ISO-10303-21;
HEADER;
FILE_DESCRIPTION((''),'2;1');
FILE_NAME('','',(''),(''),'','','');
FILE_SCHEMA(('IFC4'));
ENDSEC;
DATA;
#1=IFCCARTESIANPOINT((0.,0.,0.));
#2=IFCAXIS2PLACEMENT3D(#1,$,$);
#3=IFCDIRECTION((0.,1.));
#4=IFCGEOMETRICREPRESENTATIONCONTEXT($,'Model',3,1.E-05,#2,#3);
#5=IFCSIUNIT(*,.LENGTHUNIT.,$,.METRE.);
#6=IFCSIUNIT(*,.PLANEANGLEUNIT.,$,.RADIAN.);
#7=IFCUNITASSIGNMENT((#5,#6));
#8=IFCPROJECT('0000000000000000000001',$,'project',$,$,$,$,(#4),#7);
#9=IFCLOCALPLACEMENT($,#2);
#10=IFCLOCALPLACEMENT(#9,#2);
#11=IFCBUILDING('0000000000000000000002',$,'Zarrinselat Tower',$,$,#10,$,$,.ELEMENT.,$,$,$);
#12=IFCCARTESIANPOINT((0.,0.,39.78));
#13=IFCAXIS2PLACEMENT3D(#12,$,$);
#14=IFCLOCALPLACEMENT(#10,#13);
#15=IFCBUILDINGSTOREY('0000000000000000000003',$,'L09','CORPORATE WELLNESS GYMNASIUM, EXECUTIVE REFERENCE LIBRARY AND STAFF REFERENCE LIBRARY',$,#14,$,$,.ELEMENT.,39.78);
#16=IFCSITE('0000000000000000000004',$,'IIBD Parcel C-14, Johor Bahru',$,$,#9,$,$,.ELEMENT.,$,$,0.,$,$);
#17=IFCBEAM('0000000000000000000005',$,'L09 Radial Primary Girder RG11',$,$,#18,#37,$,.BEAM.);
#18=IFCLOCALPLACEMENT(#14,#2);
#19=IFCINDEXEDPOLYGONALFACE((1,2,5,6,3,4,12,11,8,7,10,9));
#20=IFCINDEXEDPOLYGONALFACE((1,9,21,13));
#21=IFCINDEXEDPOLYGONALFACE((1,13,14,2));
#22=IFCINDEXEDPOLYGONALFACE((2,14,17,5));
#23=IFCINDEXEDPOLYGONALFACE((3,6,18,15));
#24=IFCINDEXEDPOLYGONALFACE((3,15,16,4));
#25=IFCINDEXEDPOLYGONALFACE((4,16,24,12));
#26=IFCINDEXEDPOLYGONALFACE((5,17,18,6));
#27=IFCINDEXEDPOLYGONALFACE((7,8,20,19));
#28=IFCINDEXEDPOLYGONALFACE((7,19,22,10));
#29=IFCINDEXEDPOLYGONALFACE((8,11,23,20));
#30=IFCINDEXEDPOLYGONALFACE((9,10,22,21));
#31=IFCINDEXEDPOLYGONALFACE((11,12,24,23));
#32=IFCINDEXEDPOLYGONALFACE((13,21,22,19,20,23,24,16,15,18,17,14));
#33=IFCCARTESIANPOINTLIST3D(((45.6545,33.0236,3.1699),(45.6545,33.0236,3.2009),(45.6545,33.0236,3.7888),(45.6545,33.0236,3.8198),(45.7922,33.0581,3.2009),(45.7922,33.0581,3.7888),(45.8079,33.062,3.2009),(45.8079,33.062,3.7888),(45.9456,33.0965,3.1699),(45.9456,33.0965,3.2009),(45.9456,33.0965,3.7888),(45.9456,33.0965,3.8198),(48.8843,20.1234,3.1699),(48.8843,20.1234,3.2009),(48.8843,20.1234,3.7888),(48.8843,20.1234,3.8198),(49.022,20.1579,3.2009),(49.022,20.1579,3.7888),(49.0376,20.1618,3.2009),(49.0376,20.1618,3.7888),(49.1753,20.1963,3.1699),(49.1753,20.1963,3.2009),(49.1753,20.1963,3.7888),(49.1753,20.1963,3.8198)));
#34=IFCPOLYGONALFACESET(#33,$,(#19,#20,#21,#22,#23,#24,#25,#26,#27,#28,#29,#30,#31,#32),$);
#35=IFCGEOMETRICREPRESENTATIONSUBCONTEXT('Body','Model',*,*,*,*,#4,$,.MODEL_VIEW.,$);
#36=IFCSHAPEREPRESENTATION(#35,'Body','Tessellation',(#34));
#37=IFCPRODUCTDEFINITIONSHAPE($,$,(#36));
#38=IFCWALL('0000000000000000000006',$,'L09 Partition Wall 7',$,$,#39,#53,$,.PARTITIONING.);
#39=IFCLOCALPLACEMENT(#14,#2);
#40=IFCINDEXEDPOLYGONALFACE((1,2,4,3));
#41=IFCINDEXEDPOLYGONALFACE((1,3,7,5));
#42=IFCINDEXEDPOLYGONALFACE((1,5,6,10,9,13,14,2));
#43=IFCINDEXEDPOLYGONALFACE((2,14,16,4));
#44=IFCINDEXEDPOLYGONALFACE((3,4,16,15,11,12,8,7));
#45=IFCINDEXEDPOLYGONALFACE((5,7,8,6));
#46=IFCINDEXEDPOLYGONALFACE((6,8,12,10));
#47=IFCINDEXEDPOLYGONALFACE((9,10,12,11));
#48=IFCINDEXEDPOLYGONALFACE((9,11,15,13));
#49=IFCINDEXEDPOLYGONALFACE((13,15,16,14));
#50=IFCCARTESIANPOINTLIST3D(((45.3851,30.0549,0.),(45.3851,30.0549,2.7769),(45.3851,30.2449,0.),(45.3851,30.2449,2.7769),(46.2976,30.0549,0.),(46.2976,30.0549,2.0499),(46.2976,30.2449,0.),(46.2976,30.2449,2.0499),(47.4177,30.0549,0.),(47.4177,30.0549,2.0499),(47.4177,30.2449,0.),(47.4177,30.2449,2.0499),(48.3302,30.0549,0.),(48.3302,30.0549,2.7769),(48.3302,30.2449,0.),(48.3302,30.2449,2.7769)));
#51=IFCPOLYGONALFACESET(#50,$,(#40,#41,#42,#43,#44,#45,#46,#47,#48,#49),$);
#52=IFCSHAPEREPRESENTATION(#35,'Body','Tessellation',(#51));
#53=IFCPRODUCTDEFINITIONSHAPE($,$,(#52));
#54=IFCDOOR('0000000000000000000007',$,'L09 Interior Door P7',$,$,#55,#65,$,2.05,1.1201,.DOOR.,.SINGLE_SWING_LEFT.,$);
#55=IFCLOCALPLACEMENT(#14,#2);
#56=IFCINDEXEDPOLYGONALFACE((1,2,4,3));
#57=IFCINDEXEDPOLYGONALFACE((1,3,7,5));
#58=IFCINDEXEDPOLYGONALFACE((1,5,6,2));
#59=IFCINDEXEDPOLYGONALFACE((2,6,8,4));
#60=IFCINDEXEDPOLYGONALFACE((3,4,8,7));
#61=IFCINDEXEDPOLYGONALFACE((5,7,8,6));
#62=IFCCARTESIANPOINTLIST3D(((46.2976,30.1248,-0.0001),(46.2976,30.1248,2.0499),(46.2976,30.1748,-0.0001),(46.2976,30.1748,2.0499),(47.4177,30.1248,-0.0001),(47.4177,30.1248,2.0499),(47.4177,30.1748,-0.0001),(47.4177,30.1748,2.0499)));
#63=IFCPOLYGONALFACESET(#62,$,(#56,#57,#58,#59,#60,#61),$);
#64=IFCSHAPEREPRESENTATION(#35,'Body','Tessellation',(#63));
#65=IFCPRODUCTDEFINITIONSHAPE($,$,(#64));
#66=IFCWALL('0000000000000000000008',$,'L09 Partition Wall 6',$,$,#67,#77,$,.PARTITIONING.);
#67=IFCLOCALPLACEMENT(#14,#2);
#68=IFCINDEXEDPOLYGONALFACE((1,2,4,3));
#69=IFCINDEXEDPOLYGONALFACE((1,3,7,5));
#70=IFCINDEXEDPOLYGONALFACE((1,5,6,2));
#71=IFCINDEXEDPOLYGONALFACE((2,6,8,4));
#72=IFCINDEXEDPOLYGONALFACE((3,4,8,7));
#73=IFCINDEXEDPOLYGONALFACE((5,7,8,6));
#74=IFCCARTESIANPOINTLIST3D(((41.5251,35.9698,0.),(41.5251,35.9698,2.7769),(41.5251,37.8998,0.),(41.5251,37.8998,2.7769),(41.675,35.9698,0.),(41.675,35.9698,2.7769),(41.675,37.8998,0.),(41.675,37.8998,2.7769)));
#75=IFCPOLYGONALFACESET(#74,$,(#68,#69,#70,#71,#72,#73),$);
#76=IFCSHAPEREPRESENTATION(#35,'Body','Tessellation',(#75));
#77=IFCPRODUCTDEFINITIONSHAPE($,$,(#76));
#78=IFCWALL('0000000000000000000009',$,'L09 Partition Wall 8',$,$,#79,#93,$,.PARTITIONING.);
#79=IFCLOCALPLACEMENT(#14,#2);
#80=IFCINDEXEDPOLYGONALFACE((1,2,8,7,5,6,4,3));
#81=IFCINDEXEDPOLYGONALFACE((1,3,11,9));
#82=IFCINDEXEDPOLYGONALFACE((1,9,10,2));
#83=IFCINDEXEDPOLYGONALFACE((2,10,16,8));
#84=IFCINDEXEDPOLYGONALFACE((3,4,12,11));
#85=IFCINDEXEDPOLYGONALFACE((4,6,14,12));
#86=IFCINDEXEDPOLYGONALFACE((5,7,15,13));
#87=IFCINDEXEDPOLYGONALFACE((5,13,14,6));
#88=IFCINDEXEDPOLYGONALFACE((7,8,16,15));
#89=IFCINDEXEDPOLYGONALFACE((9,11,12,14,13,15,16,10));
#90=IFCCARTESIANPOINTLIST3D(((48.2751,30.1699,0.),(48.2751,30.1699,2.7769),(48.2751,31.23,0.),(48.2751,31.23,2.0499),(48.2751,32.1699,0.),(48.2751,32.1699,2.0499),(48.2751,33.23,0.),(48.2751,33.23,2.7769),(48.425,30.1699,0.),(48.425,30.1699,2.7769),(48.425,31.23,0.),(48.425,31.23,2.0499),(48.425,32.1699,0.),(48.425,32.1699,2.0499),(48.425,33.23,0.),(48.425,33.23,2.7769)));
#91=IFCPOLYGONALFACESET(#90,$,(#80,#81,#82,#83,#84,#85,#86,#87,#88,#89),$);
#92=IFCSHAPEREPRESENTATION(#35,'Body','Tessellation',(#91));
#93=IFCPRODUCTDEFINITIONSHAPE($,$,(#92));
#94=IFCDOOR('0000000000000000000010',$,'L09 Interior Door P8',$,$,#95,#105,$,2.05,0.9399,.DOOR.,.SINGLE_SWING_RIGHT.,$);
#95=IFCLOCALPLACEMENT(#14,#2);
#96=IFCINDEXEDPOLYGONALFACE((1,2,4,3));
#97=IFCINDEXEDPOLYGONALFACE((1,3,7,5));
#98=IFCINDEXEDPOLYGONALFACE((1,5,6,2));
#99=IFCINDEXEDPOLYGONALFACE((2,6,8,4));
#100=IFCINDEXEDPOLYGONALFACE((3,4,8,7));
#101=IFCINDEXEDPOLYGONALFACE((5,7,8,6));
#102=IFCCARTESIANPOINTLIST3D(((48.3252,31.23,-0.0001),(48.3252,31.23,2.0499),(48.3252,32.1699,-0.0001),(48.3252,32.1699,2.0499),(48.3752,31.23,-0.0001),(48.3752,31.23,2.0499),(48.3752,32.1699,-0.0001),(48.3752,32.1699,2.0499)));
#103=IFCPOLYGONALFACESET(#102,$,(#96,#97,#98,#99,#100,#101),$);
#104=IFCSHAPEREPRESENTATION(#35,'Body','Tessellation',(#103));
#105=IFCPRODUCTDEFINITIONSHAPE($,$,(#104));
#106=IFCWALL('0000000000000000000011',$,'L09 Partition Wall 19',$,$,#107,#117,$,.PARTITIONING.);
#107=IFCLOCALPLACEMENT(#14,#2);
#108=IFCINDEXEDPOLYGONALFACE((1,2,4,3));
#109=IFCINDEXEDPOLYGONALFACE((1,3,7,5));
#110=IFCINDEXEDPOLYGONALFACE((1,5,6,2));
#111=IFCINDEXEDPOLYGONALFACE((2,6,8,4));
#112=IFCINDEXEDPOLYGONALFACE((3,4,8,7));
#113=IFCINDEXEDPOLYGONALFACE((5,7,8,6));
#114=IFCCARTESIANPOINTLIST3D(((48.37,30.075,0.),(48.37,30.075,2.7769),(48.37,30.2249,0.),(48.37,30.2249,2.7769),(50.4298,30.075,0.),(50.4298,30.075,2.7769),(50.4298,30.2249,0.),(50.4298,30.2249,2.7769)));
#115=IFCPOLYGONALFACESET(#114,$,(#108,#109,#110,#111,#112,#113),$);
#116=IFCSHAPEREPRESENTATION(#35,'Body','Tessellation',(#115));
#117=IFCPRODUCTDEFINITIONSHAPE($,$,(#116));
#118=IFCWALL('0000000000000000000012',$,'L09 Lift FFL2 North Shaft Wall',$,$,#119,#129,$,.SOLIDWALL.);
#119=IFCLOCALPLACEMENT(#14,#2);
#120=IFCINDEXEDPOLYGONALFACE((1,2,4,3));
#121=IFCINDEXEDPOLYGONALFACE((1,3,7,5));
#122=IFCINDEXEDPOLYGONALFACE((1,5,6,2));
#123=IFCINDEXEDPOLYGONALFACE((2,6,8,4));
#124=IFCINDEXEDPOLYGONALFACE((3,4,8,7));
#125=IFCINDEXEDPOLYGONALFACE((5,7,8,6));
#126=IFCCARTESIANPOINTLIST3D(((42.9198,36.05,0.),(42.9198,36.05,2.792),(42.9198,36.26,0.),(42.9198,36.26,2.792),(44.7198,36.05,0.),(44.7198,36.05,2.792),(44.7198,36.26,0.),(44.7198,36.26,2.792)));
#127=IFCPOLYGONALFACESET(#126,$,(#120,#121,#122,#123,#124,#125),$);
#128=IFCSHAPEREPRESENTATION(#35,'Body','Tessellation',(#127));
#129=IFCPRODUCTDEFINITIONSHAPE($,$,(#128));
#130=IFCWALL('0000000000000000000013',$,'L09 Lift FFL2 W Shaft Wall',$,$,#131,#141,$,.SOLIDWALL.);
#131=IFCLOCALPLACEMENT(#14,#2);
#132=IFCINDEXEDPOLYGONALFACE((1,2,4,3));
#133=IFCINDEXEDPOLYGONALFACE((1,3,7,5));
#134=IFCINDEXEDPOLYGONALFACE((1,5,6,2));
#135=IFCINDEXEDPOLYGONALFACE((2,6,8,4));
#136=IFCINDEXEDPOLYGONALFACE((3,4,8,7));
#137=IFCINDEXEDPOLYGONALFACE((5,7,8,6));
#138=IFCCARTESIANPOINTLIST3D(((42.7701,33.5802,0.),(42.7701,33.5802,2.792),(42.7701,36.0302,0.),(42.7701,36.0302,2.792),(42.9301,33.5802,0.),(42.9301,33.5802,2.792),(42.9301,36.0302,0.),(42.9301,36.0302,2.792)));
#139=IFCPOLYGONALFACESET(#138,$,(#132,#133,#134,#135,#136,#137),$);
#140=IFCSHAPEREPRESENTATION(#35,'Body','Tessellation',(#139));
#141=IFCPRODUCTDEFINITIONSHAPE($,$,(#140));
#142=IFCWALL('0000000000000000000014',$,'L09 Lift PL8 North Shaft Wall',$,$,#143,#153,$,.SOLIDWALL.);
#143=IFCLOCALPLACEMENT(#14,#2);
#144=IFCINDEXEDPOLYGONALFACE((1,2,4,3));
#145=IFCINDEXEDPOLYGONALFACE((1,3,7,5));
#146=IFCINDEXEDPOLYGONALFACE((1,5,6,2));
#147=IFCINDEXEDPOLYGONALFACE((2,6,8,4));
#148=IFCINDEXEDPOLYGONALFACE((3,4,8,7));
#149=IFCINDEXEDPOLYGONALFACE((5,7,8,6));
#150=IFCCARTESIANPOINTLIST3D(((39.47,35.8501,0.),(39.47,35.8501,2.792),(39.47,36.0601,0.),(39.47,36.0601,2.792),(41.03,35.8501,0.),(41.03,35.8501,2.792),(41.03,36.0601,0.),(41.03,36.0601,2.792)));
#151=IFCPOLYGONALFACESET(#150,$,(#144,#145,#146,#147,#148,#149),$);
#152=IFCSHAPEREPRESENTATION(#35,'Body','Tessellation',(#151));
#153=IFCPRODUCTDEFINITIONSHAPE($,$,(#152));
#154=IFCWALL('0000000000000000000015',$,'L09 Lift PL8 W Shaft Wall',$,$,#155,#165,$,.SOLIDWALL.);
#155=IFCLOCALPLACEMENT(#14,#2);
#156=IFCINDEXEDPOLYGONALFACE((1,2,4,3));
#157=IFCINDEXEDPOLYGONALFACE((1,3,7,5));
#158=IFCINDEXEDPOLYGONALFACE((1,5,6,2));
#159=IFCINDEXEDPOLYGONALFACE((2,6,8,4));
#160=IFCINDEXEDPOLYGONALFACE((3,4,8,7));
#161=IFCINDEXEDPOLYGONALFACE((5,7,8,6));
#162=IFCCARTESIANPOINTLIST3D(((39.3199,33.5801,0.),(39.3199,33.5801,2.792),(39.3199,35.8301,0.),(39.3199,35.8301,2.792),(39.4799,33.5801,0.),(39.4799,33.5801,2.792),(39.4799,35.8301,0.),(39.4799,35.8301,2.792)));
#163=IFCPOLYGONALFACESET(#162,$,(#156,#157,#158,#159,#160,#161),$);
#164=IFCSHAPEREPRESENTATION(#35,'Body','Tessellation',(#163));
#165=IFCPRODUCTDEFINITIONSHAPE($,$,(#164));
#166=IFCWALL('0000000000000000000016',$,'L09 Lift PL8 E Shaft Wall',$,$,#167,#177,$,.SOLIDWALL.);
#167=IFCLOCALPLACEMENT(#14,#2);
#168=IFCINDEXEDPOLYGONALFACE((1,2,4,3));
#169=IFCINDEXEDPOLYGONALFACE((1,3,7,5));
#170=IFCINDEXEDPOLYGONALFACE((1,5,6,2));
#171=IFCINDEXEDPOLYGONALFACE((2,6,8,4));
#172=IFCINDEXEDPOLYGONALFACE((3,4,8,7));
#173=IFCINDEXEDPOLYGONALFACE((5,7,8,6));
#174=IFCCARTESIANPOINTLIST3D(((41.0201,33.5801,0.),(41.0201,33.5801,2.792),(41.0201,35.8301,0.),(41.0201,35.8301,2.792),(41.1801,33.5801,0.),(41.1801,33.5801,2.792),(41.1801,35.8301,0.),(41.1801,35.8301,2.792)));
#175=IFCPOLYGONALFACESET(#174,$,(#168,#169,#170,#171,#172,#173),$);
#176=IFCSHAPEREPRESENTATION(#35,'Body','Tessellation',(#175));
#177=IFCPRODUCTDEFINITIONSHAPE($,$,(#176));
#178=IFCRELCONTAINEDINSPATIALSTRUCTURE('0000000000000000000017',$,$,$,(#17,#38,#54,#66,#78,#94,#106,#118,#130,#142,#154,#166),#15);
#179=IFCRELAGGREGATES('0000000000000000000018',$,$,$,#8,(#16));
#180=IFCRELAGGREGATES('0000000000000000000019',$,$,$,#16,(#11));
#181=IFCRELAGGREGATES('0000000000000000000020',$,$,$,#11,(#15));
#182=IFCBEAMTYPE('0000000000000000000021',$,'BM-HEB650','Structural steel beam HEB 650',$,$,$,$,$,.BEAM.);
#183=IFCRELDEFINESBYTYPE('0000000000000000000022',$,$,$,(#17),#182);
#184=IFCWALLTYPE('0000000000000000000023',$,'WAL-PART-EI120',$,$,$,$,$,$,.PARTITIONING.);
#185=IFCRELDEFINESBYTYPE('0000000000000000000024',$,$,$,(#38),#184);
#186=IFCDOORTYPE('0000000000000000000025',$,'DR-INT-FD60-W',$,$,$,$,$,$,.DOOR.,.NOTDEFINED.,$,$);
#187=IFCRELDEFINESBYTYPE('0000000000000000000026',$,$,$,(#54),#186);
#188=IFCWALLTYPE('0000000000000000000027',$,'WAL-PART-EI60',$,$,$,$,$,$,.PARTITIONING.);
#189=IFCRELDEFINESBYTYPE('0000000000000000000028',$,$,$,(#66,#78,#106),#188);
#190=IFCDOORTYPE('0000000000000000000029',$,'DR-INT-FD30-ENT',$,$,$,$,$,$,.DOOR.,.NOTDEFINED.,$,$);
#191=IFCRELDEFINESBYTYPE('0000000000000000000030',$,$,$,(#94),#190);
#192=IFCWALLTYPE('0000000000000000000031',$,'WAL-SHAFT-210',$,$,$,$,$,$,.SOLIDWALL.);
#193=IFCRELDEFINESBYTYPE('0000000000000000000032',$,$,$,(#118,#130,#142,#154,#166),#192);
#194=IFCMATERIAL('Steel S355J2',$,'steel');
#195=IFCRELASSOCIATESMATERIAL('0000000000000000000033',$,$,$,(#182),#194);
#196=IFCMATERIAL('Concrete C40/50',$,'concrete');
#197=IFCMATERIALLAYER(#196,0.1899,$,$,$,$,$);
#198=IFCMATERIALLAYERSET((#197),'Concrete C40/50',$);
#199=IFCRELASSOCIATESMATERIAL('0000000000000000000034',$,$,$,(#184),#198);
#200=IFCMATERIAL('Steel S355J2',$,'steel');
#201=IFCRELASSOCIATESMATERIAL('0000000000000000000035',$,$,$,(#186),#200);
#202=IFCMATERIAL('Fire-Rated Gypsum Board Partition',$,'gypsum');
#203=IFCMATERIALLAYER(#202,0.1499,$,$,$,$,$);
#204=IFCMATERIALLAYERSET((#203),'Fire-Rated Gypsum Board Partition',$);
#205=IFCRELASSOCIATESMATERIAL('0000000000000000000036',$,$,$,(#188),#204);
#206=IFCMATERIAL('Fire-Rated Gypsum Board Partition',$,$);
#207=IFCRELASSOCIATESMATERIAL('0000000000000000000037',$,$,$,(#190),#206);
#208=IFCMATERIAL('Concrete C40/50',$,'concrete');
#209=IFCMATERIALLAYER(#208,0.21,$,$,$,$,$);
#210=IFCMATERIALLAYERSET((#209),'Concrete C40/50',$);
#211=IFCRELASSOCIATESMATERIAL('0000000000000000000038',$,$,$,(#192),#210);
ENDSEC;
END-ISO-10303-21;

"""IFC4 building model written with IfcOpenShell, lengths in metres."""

from ifc_helpers import new_model, si_unit, direction, frame, frame_2d, origin, origin_2d, place, context, subcontext, project, spatial, rectangle, i_section, extrude, material, layer, layer_set, material_profile, profile_set, type_object, element, fill, save


model = new_model("IFC4")

# Units and contexts
model_context = context("Model", 3, precision=1e-05, world=origin(), true_north=direction((0.0, 1.0)))
body_context = subcontext(model_context, "Body", "Model", "MODEL_VIEW")
ifc_project = project(units=[si_unit("LENGTHUNIT", "METRE"), si_unit("PLANEANGLEUNIT", "RADIAN")], contexts=[model_context])

# Site, building, storey
site_placement = place(None, origin())
site = spatial("IfcSite", under=ifc_project, at=site_placement, Name="IIBD Parcel C-14, Johor Bahru", CompositionType="ELEMENT", RefElevation=0.0)
building_placement = place(site_placement, origin())
building = spatial("IfcBuilding", under=site, at=building_placement, Name="Zarrinselat Tower", CompositionType="ELEMENT")
storey_placement = place(building_placement, frame((0.0, 0.0, 39.78)))
storey = spatial("IfcBuildingStorey", under=building, at=storey_placement, Name="L09", Description="CORPORATE WELLNESS GYMNASIUM, EXECUTIVE REFERENCE LIBRARY AND STAFF REFERENCE LIBRARY", CompositionType="ELEMENT", Elevation=39.78)

# Beam
ifc_material_1 = material(Name="Steel S355J2", Category="steel")
ifc_material_profile = material_profile(ifc_material_1, i_section(OverallWidth=0.3, OverallDepth=0.6499, WebThickness=0.0161, FlangeThickness=0.031, at=origin_2d()), Name="HEB 650")
ifc_profile_set = profile_set([ifc_material_profile], Name="Steel S355J2")
beam_type = type_object("IfcBeamType", Name="BM-HEB650", Description="Structural steel beam HEB 650", PredefinedType="BEAM", material=ifc_profile_set)
beam_placement = place(storey_placement, frame((45.8, 33.0601, 3.4949), z_axis=(0.242868, -0.970059, 0.0), x_axis=(0.970059, 0.242868, 0.0)))
element("IfcBeam", 1, at=beam_placement, inside=storey, type_object=beam_type, Name="L09 Radial Primary Girder RG11", PredefinedType="BEAM", context=body_context, shape_type="SweptSolid", body=[
    extrude(i_section(OverallWidth=0.3, OverallDepth=0.6499, WebThickness=0.0161, FlangeThickness=0.031, at=origin_2d()), origin(), (0.0, 0.0, 1.0), 13.2983),
])

# Wall, opening, door
ifc_material_2 = material(Name="Concrete C40/50", Category="concrete")
ifc_layer_1 = layer(ifc_material_2, 0.1899)
ifc_layer_set_1 = layer_set([ifc_layer_1], Name="Concrete C40/50")
wall_type_1 = type_object("IfcWallType", Name="WAL-PART-EI120", PredefinedType="PARTITIONING", material=ifc_layer_set_1)
wall_1_placement = place(storey_placement, frame((45.385, 30.1499, 0.0), z_axis=(0.0, 0.0, 1.0), x_axis=(1.0, 0.0, 0.0)))
wall_1 = element("IfcWall", 2, at=wall_1_placement, inside=storey, type_object=wall_type_1, Name="L09 Partition Wall 7", PredefinedType="PARTITIONING", context=body_context, shape_type="SweptSolid", body=[
    extrude(rectangle(XDim=2.9451, YDim=0.1899, at=frame_2d((1.4727, 0.0))), origin(), (0.0, 0.0, 1.0), 2.7769),
])
opening_1_placement = place(wall_1_placement, frame((0.9126, 0.0, 0.0)))
opening_1 = element("IfcOpeningElement", 3, at=opening_1_placement, cuts=wall_1, PredefinedType="OPENING", context=body_context, shape_type="SweptSolid", body=[
    extrude(rectangle(XDim=1.1201, YDim=2.05, at=frame_2d((0.5601, 1.0249))), frame((0.0, 0.105, 0.0), z_axis=(0.0, -1.0, 0.0), x_axis=(1.0, 0.0, 0.0)), (0.0, 0.0, 1.0), 0.21),
])
ifc_material_3 = material(Name="Steel S355J2", Category="steel")
door_type_1 = type_object("IfcDoorType", Name="DR-INT-FD60-W", OperationType="NOTDEFINED", PredefinedType="DOOR", material=ifc_material_3)
door_1_placement = place(opening_1_placement, origin())
door_1 = element("IfcDoor", 4, at=door_1_placement, inside=storey, type_object=door_type_1, Name="L09 Interior Door P7", OperationType="SINGLE_SWING_LEFT", OverallHeight=2.05, OverallWidth=1.1201, PredefinedType="DOOR", context=body_context, shape_type="SweptSolid", body=[
    extrude(rectangle(XDim=1.1201, YDim=2.05, at=frame_2d((0.5601, 1.0249))), frame((0.0, 0.0249, 0.0), z_axis=(0.0, -1.0, 0.0), x_axis=(1.0, 0.0, 0.0)), (0.0, 0.0, 1.0), 0.05),
])
fill(opening_1, door_1)

# Wall
ifc_material_4 = material(Name="Fire-Rated Gypsum Board Partition", Category="gypsum")
ifc_layer_2 = layer(ifc_material_4, 0.1499)
ifc_layer_set_2 = layer_set([ifc_layer_2], Name="Fire-Rated Gypsum Board Partition")
wall_type_2 = type_object("IfcWallType", Name="WAL-PART-EI60", PredefinedType="PARTITIONING", material=ifc_layer_set_2)
wall_2_placement = place(storey_placement, frame((41.6001, 35.97, 0.0), z_axis=(0.0, 0.0, 1.0), x_axis=(0.0, 1.0, 0.0)))
element("IfcWall", 5, at=wall_2_placement, inside=storey, type_object=wall_type_2, Name="L09 Partition Wall 6", PredefinedType="PARTITIONING", context=body_context, shape_type="SweptSolid", body=[
    extrude(rectangle(XDim=1.9299, YDim=0.1499, at=frame_2d((0.9648, 0.0))), origin(), (0.0, 0.0, 1.0), 2.7769),
])

# Wall, opening, door
wall_3_placement = place(storey_placement, frame((48.3501, 30.1699, 0.0), z_axis=(0.0, 0.0, 1.0), x_axis=(0.0, 1.0, 0.0)))
wall_3 = element("IfcWall", 6, at=wall_3_placement, inside=storey, type_object=wall_type_2, Name="L09 Partition Wall 8", PredefinedType="PARTITIONING", context=body_context, shape_type="SweptSolid", body=[
    extrude(rectangle(XDim=3.0601, YDim=0.1499, at=frame_2d((1.53, 0.0))), origin(), (0.0, 0.0, 1.0), 2.7769),
])
opening_2_placement = place(wall_3_placement, frame((1.0601, 0.0, 0.0)))
opening_2 = element("IfcOpeningElement", 7, at=opening_2_placement, cuts=wall_3, PredefinedType="OPENING", context=body_context, shape_type="SweptSolid", body=[
    extrude(rectangle(XDim=0.9399, YDim=2.05, at=frame_2d((0.47, 1.0249))), frame((0.0, 0.085, 0.0), z_axis=(0.0, -1.0, 0.0), x_axis=(1.0, 0.0, 0.0)), (0.0, 0.0, 1.0), 0.1699),
])
ifc_material_5 = material(Name="Fire-Rated Gypsum Board Partition")
door_type_2 = type_object("IfcDoorType", Name="DR-INT-FD30-ENT", OperationType="NOTDEFINED", PredefinedType="DOOR", material=ifc_material_5)
door_2_placement = place(opening_2_placement, origin())
door_2 = element("IfcDoor", 8, at=door_2_placement, inside=storey, type_object=door_type_2, Name="L09 Interior Door P8", OperationType="SINGLE_SWING_RIGHT", OverallHeight=2.05, OverallWidth=0.9399, PredefinedType="DOOR", context=body_context, shape_type="SweptSolid", body=[
    extrude(rectangle(XDim=0.9399, YDim=2.05, at=frame_2d((0.47, 1.0249))), frame((0.0, 0.0249, 0.0), z_axis=(0.0, -1.0, 0.0), x_axis=(1.0, 0.0, 0.0)), (0.0, 0.0, 1.0), 0.05),
])
fill(opening_2, door_2)

# Walls
wall_4_placement = place(storey_placement, frame((48.3701, 30.1499, 0.0), z_axis=(0.0, 0.0, 1.0), x_axis=(1.0, 0.0, 0.0)))
element("IfcWall", 9, at=wall_4_placement, inside=storey, type_object=wall_type_2, Name="L09 Partition Wall 19", PredefinedType="PARTITIONING", context=body_context, shape_type="SweptSolid", body=[
    extrude(rectangle(XDim=2.0598, YDim=0.1499, at=frame_2d((1.0298, 0.0))), origin(), (0.0, 0.0, 1.0), 2.7769),
])
ifc_material_6 = material(Name="Concrete C40/50", Category="concrete")
ifc_layer_3 = layer(ifc_material_6, 0.21)
ifc_layer_set_3 = layer_set([ifc_layer_3], Name="Concrete C40/50")
wall_type_3 = type_object("IfcWallType", Name="WAL-SHAFT-210", PredefinedType="SOLIDWALL", material=ifc_layer_set_3)
wall_5_placement = place(storey_placement, frame((42.9199, 36.155, 0.0), z_axis=(0.0, 0.0, 1.0), x_axis=(1.0, 0.0, 0.0)))
element("IfcWall", 10, at=wall_5_placement, inside=storey, type_object=wall_type_3, Name="L09 Lift FFL2 North Shaft Wall", PredefinedType="SOLIDWALL", context=body_context, shape_type="SweptSolid", body=[
    extrude(rectangle(XDim=1.8, YDim=0.21, at=frame_2d((0.8999, 0.0))), origin(), (0.0, 0.0, 1.0), 2.792),
])
wall_6_placement = place(storey_placement, frame((42.8501, 33.5801, 0.0), z_axis=(0.0, 0.0, 1.0), x_axis=(0.0, 1.0, 0.0)))
element("IfcWall", 11, at=wall_6_placement, inside=storey, type_object=wall_type_3, Name="L09 Lift FFL2 W Shaft Wall", PredefinedType="SOLIDWALL", context=body_context, shape_type="SweptSolid", body=[
    extrude(rectangle(XDim=2.45, YDim=0.1599, at=frame_2d((1.2251, 0.0))), origin(), (0.0, 0.0, 1.0), 2.792),
])
wall_7_placement = place(storey_placement, frame((39.47, 35.9551, 0.0), z_axis=(0.0, 0.0, 1.0), x_axis=(1.0, 0.0, 0.0)))
element("IfcWall", 12, at=wall_7_placement, inside=storey, type_object=wall_type_3, Name="L09 Lift PL8 North Shaft Wall", PredefinedType="SOLIDWALL", context=body_context, shape_type="SweptSolid", body=[
    extrude(rectangle(XDim=1.5601, YDim=0.21, at=frame_2d((0.78, 0.0))), origin(), (0.0, 0.0, 1.0), 2.792),
])
for number, where, z_axis, x_axis, name in (
    (13, (39.3999, 33.5801, 0.0), (0.0, 0.0, 1.0), (0.0, 1.0, 0.0), "L09 Lift PL8 W Shaft Wall"),
    (14, (41.1001, 33.5801, 0.0), (0.0, 0.0, 1.0), (0.0, 1.0, 0.0), "L09 Lift PL8 E Shaft Wall"),
):
    element("IfcWall", number, at=place(storey_placement, frame(where, z_axis=z_axis, x_axis=x_axis)), inside=storey, type_object=wall_type_3, Name=name, PredefinedType="SOLIDWALL", context=body_context, shape_type="SweptSolid", body=[
        extrude(rectangle(XDim=2.25, YDim=0.1599, at=frame_2d((1.125, 0.0))), origin(), (0.0, 0.0, 1.0), 2.792),
    ])

save(model, "model.ifc")
